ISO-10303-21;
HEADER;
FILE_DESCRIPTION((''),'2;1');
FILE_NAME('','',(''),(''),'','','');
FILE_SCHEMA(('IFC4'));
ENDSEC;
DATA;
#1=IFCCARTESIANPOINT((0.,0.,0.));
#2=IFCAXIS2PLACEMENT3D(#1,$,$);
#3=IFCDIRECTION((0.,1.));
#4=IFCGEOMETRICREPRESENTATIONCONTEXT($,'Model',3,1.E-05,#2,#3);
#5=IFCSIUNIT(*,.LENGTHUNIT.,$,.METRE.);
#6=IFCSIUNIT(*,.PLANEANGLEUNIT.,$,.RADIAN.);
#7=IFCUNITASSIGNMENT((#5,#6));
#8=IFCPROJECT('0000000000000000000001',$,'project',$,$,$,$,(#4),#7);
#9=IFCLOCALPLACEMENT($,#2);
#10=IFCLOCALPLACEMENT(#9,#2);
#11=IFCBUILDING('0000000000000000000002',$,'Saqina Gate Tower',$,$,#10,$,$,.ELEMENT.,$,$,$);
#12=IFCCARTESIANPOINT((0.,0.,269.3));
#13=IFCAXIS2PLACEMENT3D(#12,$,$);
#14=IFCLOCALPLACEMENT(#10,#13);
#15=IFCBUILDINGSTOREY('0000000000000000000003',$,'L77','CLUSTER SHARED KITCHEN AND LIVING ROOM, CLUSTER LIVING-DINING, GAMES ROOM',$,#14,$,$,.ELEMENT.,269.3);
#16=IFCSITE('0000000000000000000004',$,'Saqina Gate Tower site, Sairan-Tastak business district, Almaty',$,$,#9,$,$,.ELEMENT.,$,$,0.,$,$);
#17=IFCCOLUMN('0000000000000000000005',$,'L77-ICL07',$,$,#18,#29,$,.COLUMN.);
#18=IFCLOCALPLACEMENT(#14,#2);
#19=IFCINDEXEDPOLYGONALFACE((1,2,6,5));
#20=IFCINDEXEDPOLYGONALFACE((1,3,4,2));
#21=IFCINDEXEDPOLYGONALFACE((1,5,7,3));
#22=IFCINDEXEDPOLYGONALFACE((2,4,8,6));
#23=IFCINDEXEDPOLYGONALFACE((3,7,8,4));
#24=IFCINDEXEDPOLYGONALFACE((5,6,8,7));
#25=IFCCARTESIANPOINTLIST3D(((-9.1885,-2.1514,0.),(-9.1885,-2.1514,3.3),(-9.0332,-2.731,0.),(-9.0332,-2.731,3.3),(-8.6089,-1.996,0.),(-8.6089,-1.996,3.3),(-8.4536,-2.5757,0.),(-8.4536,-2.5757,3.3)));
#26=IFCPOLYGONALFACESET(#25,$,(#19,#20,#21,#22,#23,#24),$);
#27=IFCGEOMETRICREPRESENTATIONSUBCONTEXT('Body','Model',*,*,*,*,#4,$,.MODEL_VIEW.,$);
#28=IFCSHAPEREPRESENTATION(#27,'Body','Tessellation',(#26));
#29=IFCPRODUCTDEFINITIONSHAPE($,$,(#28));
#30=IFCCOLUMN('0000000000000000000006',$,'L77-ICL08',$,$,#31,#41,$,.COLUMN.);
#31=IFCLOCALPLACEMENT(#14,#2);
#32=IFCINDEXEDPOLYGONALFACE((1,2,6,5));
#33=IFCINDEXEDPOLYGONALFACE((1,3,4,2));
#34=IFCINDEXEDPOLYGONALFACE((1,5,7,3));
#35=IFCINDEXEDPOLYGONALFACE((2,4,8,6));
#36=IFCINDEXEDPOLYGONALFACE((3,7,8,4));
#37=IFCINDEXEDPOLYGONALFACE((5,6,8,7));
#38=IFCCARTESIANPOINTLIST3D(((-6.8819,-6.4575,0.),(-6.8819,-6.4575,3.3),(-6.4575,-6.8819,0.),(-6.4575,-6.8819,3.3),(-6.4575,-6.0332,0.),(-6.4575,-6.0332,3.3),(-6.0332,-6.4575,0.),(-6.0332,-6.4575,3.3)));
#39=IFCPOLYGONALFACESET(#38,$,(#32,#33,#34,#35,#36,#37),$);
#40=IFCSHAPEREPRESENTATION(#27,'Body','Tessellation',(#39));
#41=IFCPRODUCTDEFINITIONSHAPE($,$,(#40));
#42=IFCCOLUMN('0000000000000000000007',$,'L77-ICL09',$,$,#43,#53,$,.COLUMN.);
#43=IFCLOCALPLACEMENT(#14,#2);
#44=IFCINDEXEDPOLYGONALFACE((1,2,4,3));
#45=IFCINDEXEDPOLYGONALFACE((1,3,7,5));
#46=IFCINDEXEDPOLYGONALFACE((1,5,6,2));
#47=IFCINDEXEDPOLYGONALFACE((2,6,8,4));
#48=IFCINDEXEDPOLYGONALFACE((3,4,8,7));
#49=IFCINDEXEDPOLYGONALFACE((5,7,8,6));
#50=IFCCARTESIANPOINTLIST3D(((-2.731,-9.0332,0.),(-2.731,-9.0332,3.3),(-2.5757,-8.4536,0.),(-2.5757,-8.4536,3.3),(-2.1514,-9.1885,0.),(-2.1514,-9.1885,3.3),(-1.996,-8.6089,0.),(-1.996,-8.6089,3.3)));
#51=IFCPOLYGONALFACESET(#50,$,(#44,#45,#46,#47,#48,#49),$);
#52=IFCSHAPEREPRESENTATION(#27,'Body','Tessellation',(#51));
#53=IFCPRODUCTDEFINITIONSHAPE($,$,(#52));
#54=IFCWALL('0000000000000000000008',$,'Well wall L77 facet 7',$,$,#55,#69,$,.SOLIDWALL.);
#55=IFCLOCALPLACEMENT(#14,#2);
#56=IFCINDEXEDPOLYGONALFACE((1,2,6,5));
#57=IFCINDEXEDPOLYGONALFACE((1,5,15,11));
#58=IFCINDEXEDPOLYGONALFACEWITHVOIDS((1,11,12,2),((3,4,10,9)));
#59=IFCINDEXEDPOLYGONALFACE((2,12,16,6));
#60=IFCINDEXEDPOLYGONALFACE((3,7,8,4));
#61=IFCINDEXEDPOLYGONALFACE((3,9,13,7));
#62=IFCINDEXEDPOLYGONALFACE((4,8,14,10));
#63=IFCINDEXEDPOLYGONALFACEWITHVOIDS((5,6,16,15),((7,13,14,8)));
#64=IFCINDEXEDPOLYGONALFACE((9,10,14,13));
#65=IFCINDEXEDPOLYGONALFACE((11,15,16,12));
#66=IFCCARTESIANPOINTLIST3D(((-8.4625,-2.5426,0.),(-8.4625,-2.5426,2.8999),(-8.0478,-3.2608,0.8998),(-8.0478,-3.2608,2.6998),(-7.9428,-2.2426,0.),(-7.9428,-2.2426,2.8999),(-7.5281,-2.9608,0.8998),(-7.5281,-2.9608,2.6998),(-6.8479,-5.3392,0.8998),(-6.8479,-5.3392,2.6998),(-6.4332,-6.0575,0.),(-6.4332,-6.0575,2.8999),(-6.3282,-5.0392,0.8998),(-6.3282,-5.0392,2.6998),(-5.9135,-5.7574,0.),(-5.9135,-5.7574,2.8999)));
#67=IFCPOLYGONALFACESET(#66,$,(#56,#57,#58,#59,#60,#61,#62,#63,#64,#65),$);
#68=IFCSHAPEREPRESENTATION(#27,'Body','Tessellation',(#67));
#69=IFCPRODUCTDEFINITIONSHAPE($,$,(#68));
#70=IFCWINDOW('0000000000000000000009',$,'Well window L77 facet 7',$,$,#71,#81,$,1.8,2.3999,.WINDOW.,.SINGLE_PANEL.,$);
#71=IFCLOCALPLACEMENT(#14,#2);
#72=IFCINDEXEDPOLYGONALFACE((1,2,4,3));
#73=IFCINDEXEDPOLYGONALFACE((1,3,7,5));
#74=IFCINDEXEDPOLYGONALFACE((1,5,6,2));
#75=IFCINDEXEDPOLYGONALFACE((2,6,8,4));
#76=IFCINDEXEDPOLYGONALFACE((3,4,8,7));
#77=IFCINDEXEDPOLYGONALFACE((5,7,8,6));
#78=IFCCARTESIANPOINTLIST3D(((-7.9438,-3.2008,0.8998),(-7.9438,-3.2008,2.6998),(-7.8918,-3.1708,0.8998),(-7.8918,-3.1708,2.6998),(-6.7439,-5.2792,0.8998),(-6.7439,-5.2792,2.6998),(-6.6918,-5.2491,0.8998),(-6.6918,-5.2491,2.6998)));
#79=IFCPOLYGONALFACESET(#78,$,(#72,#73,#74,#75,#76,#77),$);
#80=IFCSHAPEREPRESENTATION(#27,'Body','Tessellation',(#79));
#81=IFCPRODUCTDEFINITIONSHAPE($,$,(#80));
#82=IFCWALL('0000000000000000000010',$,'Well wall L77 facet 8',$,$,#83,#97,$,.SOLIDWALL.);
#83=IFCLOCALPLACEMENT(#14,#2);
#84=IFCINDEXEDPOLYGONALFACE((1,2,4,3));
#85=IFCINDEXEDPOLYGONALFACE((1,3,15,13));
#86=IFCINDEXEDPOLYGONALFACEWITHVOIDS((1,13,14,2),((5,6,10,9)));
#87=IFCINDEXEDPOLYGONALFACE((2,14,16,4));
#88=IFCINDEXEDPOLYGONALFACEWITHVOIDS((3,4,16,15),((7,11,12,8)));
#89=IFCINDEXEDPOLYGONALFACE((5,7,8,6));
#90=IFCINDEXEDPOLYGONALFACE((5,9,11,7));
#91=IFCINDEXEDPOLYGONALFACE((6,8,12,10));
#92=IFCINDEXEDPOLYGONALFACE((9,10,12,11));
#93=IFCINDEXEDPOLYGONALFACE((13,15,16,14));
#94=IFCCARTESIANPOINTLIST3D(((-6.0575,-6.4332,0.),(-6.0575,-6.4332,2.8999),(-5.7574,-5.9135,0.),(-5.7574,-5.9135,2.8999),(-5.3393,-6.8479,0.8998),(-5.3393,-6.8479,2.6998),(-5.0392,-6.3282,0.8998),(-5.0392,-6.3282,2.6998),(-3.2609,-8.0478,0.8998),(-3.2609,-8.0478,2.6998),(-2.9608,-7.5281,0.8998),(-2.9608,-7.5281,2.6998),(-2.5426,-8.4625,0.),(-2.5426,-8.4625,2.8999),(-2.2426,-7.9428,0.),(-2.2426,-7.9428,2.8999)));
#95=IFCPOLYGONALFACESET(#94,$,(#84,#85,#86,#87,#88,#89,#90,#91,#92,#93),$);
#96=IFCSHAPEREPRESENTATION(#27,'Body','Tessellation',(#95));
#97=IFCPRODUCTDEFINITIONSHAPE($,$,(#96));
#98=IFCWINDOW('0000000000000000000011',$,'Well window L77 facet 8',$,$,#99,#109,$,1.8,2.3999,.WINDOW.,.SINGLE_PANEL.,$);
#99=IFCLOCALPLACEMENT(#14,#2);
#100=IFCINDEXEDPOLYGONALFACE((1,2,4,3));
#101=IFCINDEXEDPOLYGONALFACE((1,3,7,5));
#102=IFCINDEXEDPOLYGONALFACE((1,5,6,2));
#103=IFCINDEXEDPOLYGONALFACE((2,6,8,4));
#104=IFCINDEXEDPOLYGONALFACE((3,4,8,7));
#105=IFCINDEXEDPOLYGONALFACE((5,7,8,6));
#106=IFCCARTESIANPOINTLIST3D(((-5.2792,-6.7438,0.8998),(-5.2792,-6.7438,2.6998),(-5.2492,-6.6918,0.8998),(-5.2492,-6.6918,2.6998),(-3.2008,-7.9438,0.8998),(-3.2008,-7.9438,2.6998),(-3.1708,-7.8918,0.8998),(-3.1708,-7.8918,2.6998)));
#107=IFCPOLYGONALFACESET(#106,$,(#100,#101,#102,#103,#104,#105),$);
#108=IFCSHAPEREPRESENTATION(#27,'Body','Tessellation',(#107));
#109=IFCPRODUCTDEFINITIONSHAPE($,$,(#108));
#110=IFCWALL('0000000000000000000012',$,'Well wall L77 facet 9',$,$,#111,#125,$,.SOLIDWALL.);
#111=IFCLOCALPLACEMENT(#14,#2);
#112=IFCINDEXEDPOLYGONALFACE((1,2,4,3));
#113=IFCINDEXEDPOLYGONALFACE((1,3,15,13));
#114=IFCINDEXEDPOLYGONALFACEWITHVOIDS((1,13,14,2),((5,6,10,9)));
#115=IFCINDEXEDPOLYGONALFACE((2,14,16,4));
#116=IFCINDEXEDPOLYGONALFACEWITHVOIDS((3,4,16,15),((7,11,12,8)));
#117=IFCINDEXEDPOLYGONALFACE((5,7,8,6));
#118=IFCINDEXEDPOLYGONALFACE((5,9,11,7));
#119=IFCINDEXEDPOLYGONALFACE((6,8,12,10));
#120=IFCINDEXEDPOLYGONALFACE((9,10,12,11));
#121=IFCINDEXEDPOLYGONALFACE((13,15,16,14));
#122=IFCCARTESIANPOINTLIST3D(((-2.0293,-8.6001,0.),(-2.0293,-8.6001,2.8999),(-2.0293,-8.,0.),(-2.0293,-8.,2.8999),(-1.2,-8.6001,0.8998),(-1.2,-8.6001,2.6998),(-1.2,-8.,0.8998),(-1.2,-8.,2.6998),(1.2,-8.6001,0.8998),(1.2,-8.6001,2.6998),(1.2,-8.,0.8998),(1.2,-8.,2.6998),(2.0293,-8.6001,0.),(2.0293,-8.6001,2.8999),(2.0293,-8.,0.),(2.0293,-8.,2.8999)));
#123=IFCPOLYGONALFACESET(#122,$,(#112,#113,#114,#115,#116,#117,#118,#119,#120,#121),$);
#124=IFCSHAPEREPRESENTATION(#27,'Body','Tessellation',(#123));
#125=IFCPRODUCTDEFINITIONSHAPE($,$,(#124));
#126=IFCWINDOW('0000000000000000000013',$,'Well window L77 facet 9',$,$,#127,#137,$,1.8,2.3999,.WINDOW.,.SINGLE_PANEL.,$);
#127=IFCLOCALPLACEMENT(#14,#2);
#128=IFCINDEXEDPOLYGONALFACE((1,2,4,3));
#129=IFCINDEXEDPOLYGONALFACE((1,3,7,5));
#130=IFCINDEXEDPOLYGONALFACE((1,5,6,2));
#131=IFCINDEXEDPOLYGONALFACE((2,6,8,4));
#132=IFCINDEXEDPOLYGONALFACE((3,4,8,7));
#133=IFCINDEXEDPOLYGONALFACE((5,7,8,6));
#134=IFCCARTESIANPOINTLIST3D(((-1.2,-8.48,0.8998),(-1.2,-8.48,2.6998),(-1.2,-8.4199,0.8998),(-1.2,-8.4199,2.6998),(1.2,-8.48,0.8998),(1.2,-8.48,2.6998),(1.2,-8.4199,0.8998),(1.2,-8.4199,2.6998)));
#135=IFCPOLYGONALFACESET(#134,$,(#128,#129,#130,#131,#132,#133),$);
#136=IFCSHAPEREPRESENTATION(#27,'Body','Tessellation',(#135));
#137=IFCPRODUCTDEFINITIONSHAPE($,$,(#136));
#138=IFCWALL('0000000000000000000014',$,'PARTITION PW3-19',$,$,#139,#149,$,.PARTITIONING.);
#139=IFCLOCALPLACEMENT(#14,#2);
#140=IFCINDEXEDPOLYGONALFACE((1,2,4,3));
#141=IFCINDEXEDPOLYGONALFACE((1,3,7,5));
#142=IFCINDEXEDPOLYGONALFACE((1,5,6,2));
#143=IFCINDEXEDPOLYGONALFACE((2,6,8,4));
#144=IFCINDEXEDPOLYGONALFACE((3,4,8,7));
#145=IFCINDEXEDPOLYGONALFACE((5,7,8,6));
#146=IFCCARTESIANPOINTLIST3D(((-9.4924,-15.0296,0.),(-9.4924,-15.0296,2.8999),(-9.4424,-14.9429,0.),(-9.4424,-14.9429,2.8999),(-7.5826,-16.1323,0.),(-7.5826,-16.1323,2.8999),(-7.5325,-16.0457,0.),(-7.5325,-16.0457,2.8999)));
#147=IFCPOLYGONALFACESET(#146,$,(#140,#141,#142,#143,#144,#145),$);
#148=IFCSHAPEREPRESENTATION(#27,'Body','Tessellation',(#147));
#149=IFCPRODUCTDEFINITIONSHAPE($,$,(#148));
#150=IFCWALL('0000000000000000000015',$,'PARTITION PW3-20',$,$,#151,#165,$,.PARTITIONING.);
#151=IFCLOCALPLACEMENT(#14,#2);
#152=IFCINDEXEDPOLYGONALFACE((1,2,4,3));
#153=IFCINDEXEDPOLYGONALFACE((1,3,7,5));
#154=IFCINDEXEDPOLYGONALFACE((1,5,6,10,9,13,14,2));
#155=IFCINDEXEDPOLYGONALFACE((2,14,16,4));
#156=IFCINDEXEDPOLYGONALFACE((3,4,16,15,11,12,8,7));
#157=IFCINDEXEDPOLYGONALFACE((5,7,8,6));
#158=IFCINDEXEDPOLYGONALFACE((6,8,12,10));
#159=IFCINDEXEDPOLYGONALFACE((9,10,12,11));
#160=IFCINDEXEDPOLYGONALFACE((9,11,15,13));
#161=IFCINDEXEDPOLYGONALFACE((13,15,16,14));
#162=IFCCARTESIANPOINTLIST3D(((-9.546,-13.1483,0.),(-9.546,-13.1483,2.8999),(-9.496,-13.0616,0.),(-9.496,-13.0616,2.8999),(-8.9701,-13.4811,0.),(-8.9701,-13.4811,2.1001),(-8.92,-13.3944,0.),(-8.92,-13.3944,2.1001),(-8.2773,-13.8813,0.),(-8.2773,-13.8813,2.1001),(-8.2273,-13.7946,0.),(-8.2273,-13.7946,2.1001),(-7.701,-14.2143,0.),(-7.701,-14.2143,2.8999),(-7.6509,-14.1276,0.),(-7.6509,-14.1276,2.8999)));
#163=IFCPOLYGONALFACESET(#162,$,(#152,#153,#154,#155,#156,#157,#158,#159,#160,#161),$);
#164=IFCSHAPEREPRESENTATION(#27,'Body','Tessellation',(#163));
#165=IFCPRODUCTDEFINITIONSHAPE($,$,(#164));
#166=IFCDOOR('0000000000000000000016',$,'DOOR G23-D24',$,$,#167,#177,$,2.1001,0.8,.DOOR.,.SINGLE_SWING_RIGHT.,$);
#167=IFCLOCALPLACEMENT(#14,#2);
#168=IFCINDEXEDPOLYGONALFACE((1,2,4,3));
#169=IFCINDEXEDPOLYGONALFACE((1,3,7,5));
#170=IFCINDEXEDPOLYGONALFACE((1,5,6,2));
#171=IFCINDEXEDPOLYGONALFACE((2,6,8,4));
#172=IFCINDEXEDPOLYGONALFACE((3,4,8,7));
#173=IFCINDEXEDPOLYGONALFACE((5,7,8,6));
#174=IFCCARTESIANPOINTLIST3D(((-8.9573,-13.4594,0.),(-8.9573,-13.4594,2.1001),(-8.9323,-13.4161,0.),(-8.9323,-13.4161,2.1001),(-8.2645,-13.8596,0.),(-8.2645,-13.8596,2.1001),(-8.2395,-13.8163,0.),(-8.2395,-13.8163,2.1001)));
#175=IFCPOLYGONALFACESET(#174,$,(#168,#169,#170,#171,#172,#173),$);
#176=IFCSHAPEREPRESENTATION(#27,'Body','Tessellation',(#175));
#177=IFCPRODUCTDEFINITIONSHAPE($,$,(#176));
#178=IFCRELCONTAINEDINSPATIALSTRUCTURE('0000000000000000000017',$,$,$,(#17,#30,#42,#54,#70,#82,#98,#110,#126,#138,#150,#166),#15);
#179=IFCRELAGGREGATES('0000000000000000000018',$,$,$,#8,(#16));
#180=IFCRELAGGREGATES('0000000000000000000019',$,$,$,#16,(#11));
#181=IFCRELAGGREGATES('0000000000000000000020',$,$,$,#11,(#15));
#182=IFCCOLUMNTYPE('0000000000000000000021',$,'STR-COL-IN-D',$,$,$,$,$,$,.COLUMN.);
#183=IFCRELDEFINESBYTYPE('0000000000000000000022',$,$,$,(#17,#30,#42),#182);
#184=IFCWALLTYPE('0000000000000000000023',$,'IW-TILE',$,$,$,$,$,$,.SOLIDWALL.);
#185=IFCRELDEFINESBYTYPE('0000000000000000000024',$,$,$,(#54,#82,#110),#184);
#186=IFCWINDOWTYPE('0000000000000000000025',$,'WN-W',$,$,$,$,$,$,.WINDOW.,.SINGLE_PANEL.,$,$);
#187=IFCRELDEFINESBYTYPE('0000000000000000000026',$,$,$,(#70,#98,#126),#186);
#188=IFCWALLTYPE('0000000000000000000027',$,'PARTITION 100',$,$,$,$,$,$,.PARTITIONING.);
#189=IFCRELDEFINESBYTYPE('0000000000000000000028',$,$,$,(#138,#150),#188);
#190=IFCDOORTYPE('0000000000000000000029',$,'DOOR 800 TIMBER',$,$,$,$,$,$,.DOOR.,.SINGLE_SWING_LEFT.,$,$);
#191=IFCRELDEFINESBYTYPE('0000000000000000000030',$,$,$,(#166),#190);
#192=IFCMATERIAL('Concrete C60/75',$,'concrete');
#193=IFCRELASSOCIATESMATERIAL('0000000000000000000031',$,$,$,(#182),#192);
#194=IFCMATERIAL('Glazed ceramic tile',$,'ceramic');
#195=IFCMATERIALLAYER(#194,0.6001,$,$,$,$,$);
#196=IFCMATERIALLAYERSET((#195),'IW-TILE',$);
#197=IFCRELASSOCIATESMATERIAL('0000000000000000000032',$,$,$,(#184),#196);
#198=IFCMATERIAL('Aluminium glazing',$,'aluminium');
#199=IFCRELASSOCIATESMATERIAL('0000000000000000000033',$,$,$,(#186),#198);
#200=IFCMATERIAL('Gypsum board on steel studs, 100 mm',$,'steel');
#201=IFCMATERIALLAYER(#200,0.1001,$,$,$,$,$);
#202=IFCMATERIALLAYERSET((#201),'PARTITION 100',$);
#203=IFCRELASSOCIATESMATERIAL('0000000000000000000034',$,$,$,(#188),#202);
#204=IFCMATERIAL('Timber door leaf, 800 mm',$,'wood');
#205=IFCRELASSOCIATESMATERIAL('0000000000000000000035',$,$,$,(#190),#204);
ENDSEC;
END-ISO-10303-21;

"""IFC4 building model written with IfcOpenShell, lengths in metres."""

from ifc_helpers import new_model, si_unit, direction, frame, frame_2d, origin, origin_2d, place, context, subcontext, project, spatial, rectangle, extrude, material, layer, layer_set, material_profile, profile_set, type_object, element, fill, save


model = new_model("IFC4")

# Units and contexts
model_context = context("Model", 3, precision=1e-05, world=origin(), true_north=direction((0.0, 1.0)))
body_context = subcontext(model_context, "Body", "Model", "MODEL_VIEW")
ifc_project = project(units=[si_unit("LENGTHUNIT", "METRE"), si_unit("PLANEANGLEUNIT", "RADIAN")], contexts=[model_context])

# Site, building, storey
site_placement = place(None, origin())
site = spatial("IfcSite", under=ifc_project, at=site_placement, Name="Saqina Gate Tower site, Sairan-Tastak business district, Almaty", CompositionType="ELEMENT", RefElevation=0.0)
building_placement = place(site_placement, origin())
building = spatial("IfcBuilding", under=site, at=building_placement, Name="Saqina Gate Tower", CompositionType="ELEMENT")
storey_placement = place(building_placement, frame((0.0, 0.0, 269.3)))
storey = spatial("IfcBuildingStorey", under=building, at=storey_placement, Name="L77", Description="CLUSTER SHARED KITCHEN AND LIVING ROOM, CLUSTER LIVING-DINING, GAMES ROOM", CompositionType="ELEMENT", Elevation=269.3)

# Columns
ifc_material_1 = material(Name="Concrete C60/75", Category="concrete")
ifc_material_profile = material_profile(ifc_material_1, rectangle(XDim=0.6001, YDim=0.6001, at=origin_2d()), Name="RC 600x600")
ifc_profile_set = profile_set([ifc_material_profile], Name="Concrete C60/75")
column_type = type_object("IfcColumnType", Name="STR-COL-IN-D", PredefinedType="COLUMN", material=ifc_profile_set)
for number, where, z_axis, x_axis, name in (
    (1, (-8.821, -2.3635, 0.0), (0.0, 0.0, 1.0), (-0.965926, -0.258819, 0.0), "L77-ICL07"),
    (2, (-6.4575, -6.4575, 0.0), (0.0, 0.0, 1.0), (-0.707107, -0.707107, 0.0), "L77-ICL08"),
    (3, (-2.3635, -8.821, 0.0), (0.0, 0.0, 1.0), (-0.258819, -0.965926, 0.0), "L77-ICL09"),
):
    element("IfcColumn", number, at=place(storey_placement, frame(where, z_axis=z_axis, x_axis=x_axis)), inside=storey, type_object=column_type, Name=name, PredefinedType="COLUMN", context=body_context, shape_type="SweptSolid", body=[
        extrude(rectangle(XDim=0.6001, YDim=0.6001, at=origin_2d()), origin(), (0.0, 0.0, 1.0), 3.3),
    ])

# Walls, openings, windows
ifc_material_2 = material(Name="Glazed ceramic tile", Category="ceramic")
ifc_layer_1 = layer(ifc_material_2, 0.6001)
ifc_layer_set_1 = layer_set([ifc_layer_1], Name="IW-TILE")
wall_type_1 = type_object("IfcWallType", Name="IW-TILE", PredefinedType="SOLIDWALL", material=ifc_layer_set_1)
wall_1_placement = place(storey_placement, frame((-8.2026, -2.3926, 0.0), z_axis=(0.0, 0.0, 1.0), x_axis=(0.499995, -0.866028, 0.0)))
wall_1 = element("IfcWall", 4, at=wall_1_placement, inside=storey, type_object=wall_type_1, Name="Well wall L77 facet 7", PredefinedType="SOLIDWALL", context=body_context, shape_type="SweptSolid", body=[
    extrude(rectangle(XDim=4.0586, YDim=0.6001, at=frame_2d((2.0293, 0.0))), origin(), (0.0, 0.0, 1.0), 2.8999),
])
opening_1_placement = place(wall_1_placement, frame((0.8293, 0.0, 0.8999)))
opening_1 = element("IfcOpeningElement", 5, at=opening_1_placement, cuts=wall_1, PredefinedType="OPENING", context=body_context, shape_type="SweptSolid", body=[
    extrude(rectangle(XDim=2.3999, YDim=1.8, at=frame_2d((1.2, 0.8999))), frame((0.0, 0.312, 0.0), z_axis=(0.0, -1.0, 0.0), x_axis=(1.0, 0.0, 0.0)), (0.0, 0.0, 1.0), 0.624),
])
ifc_material_3 = material(Name="Aluminium glazing", Category="aluminium")
window_type = type_object("IfcWindowType", Name="WN-W", PartitioningType="SINGLE_PANEL", PredefinedType="WINDOW", material=ifc_material_3)
window_1_placement = place(opening_1_placement, origin())
window_1 = element("IfcWindow", 6, at=window_1_placement, inside=storey, type_object=window_type, Name="Well window L77 facet 7", OverallHeight=1.8, OverallWidth=2.3999, PartitioningType="SINGLE_PANEL", PredefinedType="WINDOW", context=body_context, shape_type="SweptSolid", body=[
    extrude(rectangle(XDim=2.3999, YDim=1.8, at=frame_2d((1.2, 0.8999))), frame((0.0, -0.1199, 0.0), z_axis=(0.0, -1.0, 0.0), x_axis=(1.0, 0.0, 0.0)), (0.0, 0.0, 1.0), 0.0601),
])
fill(opening_1, window_1)
wall_2_placement = place(storey_placement, frame((-5.9075, -6.1733, 0.0), z_axis=(0.0, 0.0, 1.0), x_axis=(0.866028, -0.499995, 0.0)))
wall_2 = element("IfcWall", 7, at=wall_2_placement, inside=storey, type_object=wall_type_1, Name="Well wall L77 facet 8", PredefinedType="SOLIDWALL", context=body_context, shape_type="SweptSolid", body=[
    extrude(rectangle(XDim=4.0586, YDim=0.6001, at=frame_2d((2.0293, 0.0))), origin(), (0.0, 0.0, 1.0), 2.8999),
])
opening_2_placement = place(wall_2_placement, frame((0.8293, 0.0, 0.8999)))
opening_2 = element("IfcOpeningElement", 8, at=opening_2_placement, cuts=wall_2, PredefinedType="OPENING", context=body_context, shape_type="SweptSolid", body=[
    extrude(rectangle(XDim=2.3999, YDim=1.8, at=frame_2d((1.2, 0.8999))), frame((0.0, 0.312, 0.0), z_axis=(0.0, -1.0, 0.0), x_axis=(1.0, 0.0, 0.0)), (0.0, 0.0, 1.0), 0.624),
])
window_2_placement = place(opening_2_placement, origin())
window_2 = element("IfcWindow", 9, at=window_2_placement, inside=storey, type_object=window_type, Name="Well window L77 facet 8", OverallHeight=1.8, OverallWidth=2.3999, PartitioningType="SINGLE_PANEL", PredefinedType="WINDOW", context=body_context, shape_type="SweptSolid", body=[
    extrude(rectangle(XDim=2.3999, YDim=1.8, at=frame_2d((1.2, 0.8999))), frame((0.0, -0.1199, 0.0), z_axis=(0.0, -1.0, 0.0), x_axis=(1.0, 0.0, 0.0)), (0.0, 0.0, 1.0), 0.0601),
])
fill(opening_2, window_2)
wall_3_placement = place(storey_placement, frame((-2.0293, -8.3, 0.0), z_axis=(0.0, 0.0, 1.0), x_axis=(1.0, 0.0, 0.0)))
wall_3 = element("IfcWall", 10, at=wall_3_placement, inside=storey, type_object=wall_type_1, Name="Well wall L77 facet 9", PredefinedType="SOLIDWALL", context=body_context, shape_type="SweptSolid", body=[
    extrude(rectangle(XDim=4.0586, YDim=0.6001, at=frame_2d((2.0293, 0.0))), origin(), (0.0, 0.0, 1.0), 2.8999),
])
opening_3_placement = place(wall_3_placement, frame((0.8293, 0.0, 0.8999)))
opening_3 = element("IfcOpeningElement", 11, at=opening_3_placement, cuts=wall_3, PredefinedType="OPENING", context=body_context, shape_type="SweptSolid", body=[
    extrude(rectangle(XDim=2.3999, YDim=1.8, at=frame_2d((1.2, 0.8999))), frame((0.0, 0.312, 0.0), z_axis=(0.0, -1.0, 0.0), x_axis=(1.0, 0.0, 0.0)), (0.0, 0.0, 1.0), 0.624),
])
window_3_placement = place(opening_3_placement, origin())
window_3 = element("IfcWindow", 12, at=window_3_placement, inside=storey, type_object=window_type, Name="Well window L77 facet 9", OverallHeight=1.8, OverallWidth=2.3999, PartitioningType="SINGLE_PANEL", PredefinedType="WINDOW", context=body_context, shape_type="SweptSolid", body=[
    extrude(rectangle(XDim=2.3999, YDim=1.8, at=frame_2d((1.2, 0.8999))), frame((0.0, -0.1199, 0.0), z_axis=(0.0, -1.0, 0.0), x_axis=(1.0, 0.0, 0.0)), (0.0, 0.0, 1.0), 0.0601),
])
fill(opening_3, window_3)

# Wall
ifc_material_4 = material(Name="Gypsum board on steel studs, 100 mm", Category="steel")
ifc_layer_2 = layer(ifc_material_4, 0.1001)
ifc_layer_set_2 = layer_set([ifc_layer_2], Name="PARTITION 100")
wall_type_2 = type_object("IfcWallType", Name="PARTITION 100", PredefinedType="PARTITIONING", material=ifc_layer_set_2)
wall_4_placement = place(storey_placement, frame((-9.4673, -14.9863, 0.0), z_axis=(0.0, 0.0, 1.0), x_axis=(0.866007, -0.500032, 0.0)))
element("IfcWall", 13, at=wall_4_placement, inside=storey, type_object=wall_type_2, Name="PARTITION PW3-19", PredefinedType="PARTITIONING", context=body_context, shape_type="SweptSolid", body=[
    extrude(rectangle(XDim=2.2053, YDim=0.1001, at=frame_2d((1.1025, 0.0))), origin(), (0.0, 0.0, 1.0), 2.8999),
])

# Wall, opening, door
wall_5_placement = place(storey_placement, frame((-9.521, -13.105, 0.0), z_axis=(0.0, 0.0, 1.0), x_axis=(0.865878, -0.500255, 0.0)))
wall_5 = element("IfcWall", 14, at=wall_5_placement, inside=storey, type_object=wall_type_2, Name="PARTITION PW3-20", PredefinedType="PARTITIONING", context=body_context, shape_type="SweptSolid", body=[
    extrude(rectangle(XDim=2.1309, YDim=0.1001, at=frame_2d((1.0654, 0.0))), origin(), (0.0, 0.0, 1.0), 2.8999),
])
opening_4_placement = place(wall_5_placement, frame((0.6653, 0.0, 0.0)))
opening_4 = element("IfcOpeningElement", 15, at=opening_4_placement, cuts=wall_5, PredefinedType="OPENING", context=body_context, shape_type="SweptSolid", body=[
    extrude(rectangle(XDim=0.8, YDim=2.1001, at=frame_2d((0.3999, 1.05))), frame((0.0, 0.062, 0.0), z_axis=(0.0, -1.0, 0.0), x_axis=(1.0, 0.0, 0.0)), (0.0, 0.0, 1.0), 0.124),
])
ifc_material_5 = material(Name="Timber door leaf, 800 mm", Category="wood")
door_type_1 = type_object("IfcDoorType", Name="DOOR 800 TIMBER", OperationType="SINGLE_SWING_LEFT", PredefinedType="DOOR", material=ifc_material_5)
door_1_placement = place(opening_4_placement, frame((0.8, 0.0, 0.0), z_axis=(0.0, 0.0, 1.0), x_axis=(-1.0, 0.0, 0.0)))
door_1 = element("IfcDoor", 16, at=door_1_placement, inside=storey, type_object=door_type_1, Name="DOOR G23-D24", OperationType="SINGLE_SWING_RIGHT", OverallHeight=2.1001, OverallWidth=0.8, PredefinedType="DOOR", context=body_context, shape_type="SweptSolid", body=[
    extrude(rectangle(XDim=0.8, YDim=2.1001, at=frame_2d((0.3999, 1.05))), frame((0.0, 0.0249, 0.0), z_axis=(0.0, -1.0, 0.0), x_axis=(1.0, 0.0, 0.0)), (0.0, 0.0, 1.0), 0.05),
])
fill(opening_4, door_1)

save(model, "model.ifc")
